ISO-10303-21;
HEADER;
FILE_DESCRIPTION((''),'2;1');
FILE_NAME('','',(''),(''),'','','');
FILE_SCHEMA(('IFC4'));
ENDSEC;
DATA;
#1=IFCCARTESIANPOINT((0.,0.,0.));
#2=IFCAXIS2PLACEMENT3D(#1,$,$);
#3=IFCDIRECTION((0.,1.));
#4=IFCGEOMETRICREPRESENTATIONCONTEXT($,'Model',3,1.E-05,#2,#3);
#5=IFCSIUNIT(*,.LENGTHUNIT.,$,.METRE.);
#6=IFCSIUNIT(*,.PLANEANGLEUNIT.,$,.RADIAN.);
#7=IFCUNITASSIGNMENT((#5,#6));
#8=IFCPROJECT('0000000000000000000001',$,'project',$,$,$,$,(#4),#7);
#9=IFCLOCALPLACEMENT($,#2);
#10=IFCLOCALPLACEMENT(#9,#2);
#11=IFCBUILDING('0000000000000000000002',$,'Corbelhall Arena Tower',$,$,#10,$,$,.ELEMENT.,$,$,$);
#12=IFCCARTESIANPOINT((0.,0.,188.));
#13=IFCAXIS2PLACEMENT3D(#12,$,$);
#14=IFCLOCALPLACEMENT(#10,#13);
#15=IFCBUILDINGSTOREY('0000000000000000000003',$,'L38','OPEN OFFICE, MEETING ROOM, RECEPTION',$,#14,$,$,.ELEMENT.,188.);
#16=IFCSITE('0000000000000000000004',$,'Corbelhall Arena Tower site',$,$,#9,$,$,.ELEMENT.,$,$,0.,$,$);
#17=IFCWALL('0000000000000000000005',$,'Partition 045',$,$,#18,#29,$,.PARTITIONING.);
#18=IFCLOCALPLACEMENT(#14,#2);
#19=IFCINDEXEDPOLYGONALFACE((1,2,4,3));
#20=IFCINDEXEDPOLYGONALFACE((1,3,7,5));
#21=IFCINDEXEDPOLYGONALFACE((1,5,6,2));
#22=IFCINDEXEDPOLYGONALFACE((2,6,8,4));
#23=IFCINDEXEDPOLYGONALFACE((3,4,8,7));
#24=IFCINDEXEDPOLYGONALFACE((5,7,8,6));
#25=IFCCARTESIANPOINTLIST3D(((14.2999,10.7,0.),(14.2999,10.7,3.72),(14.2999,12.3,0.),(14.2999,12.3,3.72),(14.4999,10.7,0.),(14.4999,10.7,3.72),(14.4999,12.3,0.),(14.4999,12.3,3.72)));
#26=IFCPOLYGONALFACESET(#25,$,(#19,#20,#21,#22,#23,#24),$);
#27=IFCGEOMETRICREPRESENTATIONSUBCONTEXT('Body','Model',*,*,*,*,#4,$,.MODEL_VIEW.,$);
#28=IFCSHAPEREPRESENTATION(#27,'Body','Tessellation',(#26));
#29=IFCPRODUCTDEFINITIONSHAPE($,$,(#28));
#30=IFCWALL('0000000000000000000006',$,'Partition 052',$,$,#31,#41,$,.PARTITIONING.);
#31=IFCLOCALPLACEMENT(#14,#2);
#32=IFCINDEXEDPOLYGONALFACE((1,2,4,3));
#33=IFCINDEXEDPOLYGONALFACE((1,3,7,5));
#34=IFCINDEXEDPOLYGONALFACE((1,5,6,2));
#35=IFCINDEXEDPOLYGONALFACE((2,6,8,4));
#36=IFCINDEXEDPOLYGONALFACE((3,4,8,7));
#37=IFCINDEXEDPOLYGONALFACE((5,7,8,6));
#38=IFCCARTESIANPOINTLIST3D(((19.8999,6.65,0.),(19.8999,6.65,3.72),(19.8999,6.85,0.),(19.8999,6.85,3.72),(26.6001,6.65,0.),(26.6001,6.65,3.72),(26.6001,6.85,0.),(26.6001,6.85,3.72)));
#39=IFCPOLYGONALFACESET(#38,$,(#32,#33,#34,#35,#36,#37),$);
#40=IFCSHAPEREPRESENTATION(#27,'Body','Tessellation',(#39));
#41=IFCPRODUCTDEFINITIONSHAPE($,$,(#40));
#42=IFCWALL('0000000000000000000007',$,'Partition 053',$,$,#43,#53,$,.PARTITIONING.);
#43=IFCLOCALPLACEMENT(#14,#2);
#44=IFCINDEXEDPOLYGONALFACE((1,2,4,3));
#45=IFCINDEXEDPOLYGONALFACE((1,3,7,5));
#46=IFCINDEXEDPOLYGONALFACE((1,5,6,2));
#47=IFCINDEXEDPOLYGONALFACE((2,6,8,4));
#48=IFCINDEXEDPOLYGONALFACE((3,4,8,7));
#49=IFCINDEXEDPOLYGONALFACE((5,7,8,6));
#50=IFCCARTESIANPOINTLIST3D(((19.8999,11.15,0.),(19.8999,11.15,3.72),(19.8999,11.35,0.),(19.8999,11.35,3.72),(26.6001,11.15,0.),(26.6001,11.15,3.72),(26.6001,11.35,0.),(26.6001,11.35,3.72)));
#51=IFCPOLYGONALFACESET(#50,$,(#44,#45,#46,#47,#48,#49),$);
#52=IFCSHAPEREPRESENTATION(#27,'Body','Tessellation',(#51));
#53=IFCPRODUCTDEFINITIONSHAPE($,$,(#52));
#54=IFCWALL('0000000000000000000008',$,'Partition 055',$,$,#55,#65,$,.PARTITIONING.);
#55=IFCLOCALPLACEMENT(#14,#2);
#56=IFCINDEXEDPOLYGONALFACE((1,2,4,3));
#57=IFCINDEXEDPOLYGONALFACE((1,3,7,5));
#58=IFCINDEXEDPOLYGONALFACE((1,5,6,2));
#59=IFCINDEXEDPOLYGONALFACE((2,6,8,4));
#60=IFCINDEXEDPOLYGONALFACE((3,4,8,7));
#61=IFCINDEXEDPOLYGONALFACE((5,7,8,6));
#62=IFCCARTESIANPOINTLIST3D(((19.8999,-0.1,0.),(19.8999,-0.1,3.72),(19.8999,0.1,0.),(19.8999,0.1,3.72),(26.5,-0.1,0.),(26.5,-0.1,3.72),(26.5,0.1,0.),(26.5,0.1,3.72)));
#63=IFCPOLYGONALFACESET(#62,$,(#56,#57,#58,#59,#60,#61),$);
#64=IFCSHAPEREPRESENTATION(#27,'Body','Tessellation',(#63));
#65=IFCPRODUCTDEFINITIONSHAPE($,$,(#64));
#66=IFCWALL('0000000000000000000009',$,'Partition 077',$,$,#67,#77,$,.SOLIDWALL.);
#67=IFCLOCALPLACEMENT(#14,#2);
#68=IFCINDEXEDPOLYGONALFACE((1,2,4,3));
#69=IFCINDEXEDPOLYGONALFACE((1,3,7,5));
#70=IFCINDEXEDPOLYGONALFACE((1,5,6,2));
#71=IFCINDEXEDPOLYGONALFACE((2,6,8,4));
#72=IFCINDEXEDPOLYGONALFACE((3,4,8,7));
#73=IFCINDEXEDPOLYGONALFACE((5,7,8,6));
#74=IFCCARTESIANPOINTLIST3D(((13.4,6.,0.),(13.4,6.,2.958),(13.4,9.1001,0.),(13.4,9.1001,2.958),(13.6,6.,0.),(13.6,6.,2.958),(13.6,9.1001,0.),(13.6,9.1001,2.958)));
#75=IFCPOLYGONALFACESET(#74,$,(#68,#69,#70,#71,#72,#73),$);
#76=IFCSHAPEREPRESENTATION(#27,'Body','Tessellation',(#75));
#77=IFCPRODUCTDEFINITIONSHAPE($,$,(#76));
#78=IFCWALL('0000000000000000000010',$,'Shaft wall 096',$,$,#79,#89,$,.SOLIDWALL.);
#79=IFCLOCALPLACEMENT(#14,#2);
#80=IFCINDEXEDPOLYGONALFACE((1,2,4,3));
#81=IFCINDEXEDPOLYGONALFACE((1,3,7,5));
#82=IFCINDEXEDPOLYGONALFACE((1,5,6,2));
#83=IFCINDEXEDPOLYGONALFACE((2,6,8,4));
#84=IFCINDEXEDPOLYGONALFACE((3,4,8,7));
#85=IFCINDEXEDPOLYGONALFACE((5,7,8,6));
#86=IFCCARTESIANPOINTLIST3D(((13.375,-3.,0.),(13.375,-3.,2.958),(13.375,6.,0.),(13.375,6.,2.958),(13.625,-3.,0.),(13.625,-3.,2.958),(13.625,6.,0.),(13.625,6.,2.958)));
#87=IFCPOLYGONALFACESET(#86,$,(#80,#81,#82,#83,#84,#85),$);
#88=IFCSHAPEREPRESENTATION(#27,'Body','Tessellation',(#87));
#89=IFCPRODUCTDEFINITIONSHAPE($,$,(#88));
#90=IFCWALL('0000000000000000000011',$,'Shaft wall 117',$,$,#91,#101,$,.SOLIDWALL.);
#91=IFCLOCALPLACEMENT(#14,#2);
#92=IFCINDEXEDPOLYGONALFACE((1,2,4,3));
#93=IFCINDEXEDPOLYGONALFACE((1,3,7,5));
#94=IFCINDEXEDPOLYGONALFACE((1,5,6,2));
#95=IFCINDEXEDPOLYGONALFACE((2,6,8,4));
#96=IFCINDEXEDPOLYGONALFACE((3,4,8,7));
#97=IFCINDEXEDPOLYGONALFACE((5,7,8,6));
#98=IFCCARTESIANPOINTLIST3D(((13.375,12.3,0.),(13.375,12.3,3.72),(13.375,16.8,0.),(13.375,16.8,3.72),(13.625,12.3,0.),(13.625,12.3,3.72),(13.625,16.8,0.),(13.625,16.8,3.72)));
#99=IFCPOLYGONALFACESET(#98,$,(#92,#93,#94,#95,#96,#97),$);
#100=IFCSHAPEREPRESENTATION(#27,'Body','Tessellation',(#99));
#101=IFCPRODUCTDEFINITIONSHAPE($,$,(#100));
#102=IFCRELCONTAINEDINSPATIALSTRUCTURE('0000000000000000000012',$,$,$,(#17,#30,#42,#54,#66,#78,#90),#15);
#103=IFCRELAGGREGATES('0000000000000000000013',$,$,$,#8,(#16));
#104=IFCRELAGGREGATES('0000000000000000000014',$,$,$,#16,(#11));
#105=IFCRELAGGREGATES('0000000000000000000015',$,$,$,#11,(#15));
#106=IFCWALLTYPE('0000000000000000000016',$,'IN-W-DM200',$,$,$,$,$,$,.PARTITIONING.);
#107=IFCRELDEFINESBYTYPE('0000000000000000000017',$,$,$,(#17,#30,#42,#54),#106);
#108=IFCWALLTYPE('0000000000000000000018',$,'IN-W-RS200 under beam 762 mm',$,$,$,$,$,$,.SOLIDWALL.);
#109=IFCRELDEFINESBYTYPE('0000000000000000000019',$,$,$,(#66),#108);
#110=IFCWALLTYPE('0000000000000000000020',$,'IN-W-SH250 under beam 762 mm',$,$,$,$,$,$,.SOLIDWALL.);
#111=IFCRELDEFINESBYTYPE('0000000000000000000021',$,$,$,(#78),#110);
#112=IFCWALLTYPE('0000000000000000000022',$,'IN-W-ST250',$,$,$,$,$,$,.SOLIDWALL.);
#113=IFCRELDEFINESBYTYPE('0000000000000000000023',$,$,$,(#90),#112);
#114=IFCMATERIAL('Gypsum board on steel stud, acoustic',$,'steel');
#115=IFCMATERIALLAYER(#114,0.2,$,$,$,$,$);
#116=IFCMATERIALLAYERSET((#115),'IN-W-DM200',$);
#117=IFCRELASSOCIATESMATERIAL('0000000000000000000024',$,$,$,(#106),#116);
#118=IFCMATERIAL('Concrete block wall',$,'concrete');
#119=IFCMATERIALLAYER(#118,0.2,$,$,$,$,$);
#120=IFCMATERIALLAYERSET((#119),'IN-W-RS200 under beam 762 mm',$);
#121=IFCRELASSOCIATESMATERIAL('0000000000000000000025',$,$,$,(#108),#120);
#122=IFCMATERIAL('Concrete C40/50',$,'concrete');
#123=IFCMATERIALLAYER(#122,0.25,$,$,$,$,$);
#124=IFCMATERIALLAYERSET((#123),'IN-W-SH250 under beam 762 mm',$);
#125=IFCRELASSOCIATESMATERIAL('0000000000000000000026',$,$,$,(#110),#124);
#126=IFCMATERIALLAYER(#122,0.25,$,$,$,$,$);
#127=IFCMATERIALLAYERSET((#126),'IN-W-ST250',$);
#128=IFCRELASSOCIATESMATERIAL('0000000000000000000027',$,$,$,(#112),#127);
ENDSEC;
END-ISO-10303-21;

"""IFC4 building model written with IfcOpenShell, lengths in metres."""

from ifc_helpers import new_model, si_unit, direction, frame, frame_2d, origin, place, context, subcontext, project, spatial, rectangle, extrude, material, layer, layer_set, type_object, element, save


model = new_model("IFC4")

# Units and contexts
model_context = context("Model", 3, precision=1e-05, world=origin(), true_north=direction((0.0, 1.0)))
body_context = subcontext(model_context, "Body", "Model", "MODEL_VIEW")
ifc_project = project(units=[si_unit("LENGTHUNIT", "METRE"), si_unit("PLANEANGLEUNIT", "RADIAN")], contexts=[model_context])

# Site, building, storey
site_placement = place(None, origin())
site = spatial("IfcSite", under=ifc_project, at=site_placement, Name="Corbelhall Arena Tower site", CompositionType="ELEMENT", RefElevation=0.0)
building_placement = place(site_placement, origin())
building = spatial("IfcBuilding", under=site, at=building_placement, Name="Corbelhall Arena Tower", CompositionType="ELEMENT")
storey_placement = place(building_placement, frame((0.0, 0.0, 188.0)))
storey = spatial("IfcBuildingStorey", under=building, at=storey_placement, Name="L38", Description="OPEN OFFICE, MEETING ROOM, RECEPTION", CompositionType="ELEMENT", Elevation=188.0)

# Wall
ifc_material_1 = material(Name="Gypsum board on steel stud, acoustic", Category="steel")
ifc_layer_1 = layer(ifc_material_1, 0.2)
ifc_layer_set_1 = layer_set([ifc_layer_1], Name="IN-W-DM200")
wall_type_1 = type_object("IfcWallType", Name="IN-W-DM200", PredefinedType="PARTITIONING", material=ifc_layer_set_1)
wall_1_placement = place(storey_placement, frame((14.3999, 12.3, 0.0), z_axis=(0.0, 0.0, 1.0), x_axis=(0.0, -1.0, 0.0)))
element("IfcWall", 1, at=wall_1_placement, inside=storey, type_object=wall_type_1, Name="Partition 045", PredefinedType="PARTITIONING", context=body_context, shape_type="SweptSolid", body=[
    extrude(rectangle(XDim=1.6001, YDim=0.2, at=frame_2d((0.8, 0.0))), origin(), (0.0, 0.0, 1.0), 3.72),
])

# Walls
for number, where, z_axis, x_axis, name in (
    (2, (19.8999, 6.75, 0.0), (0.0, 0.0, 1.0), (1.0, 0.0, 0.0), "Partition 052"),
    (3, (19.8999, 11.25, 0.0), (0.0, 0.0, 1.0), (1.0, 0.0, 0.0), "Partition 053"),
):
    element("IfcWall", number, at=place(storey_placement, frame(where, z_axis=z_axis, x_axis=x_axis)), inside=storey, type_object=wall_type_1, Name=name, PredefinedType="PARTITIONING", context=body_context, shape_type="SweptSolid", body=[
        extrude(rectangle(XDim=6.7002, YDim=0.2, at=frame_2d((3.3501, 0.0))), origin(), (0.0, 0.0, 1.0), 3.72),
    ])

# Walls
wall_2_placement = place(storey_placement, frame((26.5, 0.0, 0.0), z_axis=(0.0, 0.0, 1.0), x_axis=(-1.0, 0.0, 0.0)))
element("IfcWall", 4, at=wall_2_placement, inside=storey, type_object=wall_type_1, Name="Partition 055", PredefinedType="PARTITIONING", context=body_context, shape_type="SweptSolid", body=[
    extrude(rectangle(XDim=6.6001, YDim=0.2, at=frame_2d((3.3, 0.0))), origin(), (0.0, 0.0, 1.0), 3.72),
])
ifc_material_2 = material(Name="Concrete block wall", Category="concrete")
ifc_layer_2 = layer(ifc_material_2, 0.2)
ifc_layer_set_2 = layer_set([ifc_layer_2], Name="IN-W-RS200 under beam 762 mm")
wall_type_2 = type_object("IfcWallType", Name="IN-W-RS200 under beam 762 mm", PredefinedType="SOLIDWALL", material=ifc_layer_set_2)
wall_3_placement = place(storey_placement, frame((13.5, 9.1001, 0.0), z_axis=(0.0, 0.0, 1.0), x_axis=(0.0, -1.0, 0.0)))
element("IfcWall", 5, at=wall_3_placement, inside=storey, type_object=wall_type_2, Name="Partition 077", PredefinedType="SOLIDWALL", context=body_context, shape_type="SweptSolid", body=[
    extrude(rectangle(XDim=3.1001, YDim=0.2, at=frame_2d((1.55, 0.0))), origin(), (0.0, 0.0, 1.0), 2.958),
])
ifc_material_3 = material(Name="Concrete C40/50", Category="concrete")
ifc_layer_3 = layer(ifc_material_3, 0.25)
ifc_layer_set_3 = layer_set([ifc_layer_3], Name="IN-W-SH250 under beam 762 mm")
wall_type_3 = type_object("IfcWallType", Name="IN-W-SH250 under beam 762 mm", PredefinedType="SOLIDWALL", material=ifc_layer_set_3)
wall_4_placement = place(storey_placement, frame((13.5, 6.0, 0.0), z_axis=(0.0, 0.0, 1.0), x_axis=(0.0, -1.0, 0.0)))
element("IfcWall", 6, at=wall_4_placement, inside=storey, type_object=wall_type_3, Name="Shaft wall 096", PredefinedType="SOLIDWALL", context=body_context, shape_type="SweptSolid", body=[
    extrude(rectangle(XDim=9.0, YDim=0.25, at=frame_2d((4.5, 0.0))), origin(), (0.0, 0.0, 1.0), 2.958),
])
ifc_layer_4 = layer(ifc_material_3, 0.25)
ifc_layer_set_4 = layer_set([ifc_layer_4], Name="IN-W-ST250")
wall_type_4 = type_object("IfcWallType", Name="IN-W-ST250", PredefinedType="SOLIDWALL", material=ifc_layer_set_4)
wall_5_placement = place(storey_placement, frame((13.5, 16.8, 0.0), z_axis=(0.0, 0.0, 1.0), x_axis=(0.0, -1.0, 0.0)))
element("IfcWall", 7, at=wall_5_placement, inside=storey, type_object=wall_type_4, Name="Shaft wall 117", PredefinedType="SOLIDWALL", context=body_context, shape_type="SweptSolid", body=[
    extrude(rectangle(XDim=4.5, YDim=0.25, at=frame_2d((2.25, 0.0))), origin(), (0.0, 0.0, 1.0), 3.72),
])

save(model, "model.ifc")
